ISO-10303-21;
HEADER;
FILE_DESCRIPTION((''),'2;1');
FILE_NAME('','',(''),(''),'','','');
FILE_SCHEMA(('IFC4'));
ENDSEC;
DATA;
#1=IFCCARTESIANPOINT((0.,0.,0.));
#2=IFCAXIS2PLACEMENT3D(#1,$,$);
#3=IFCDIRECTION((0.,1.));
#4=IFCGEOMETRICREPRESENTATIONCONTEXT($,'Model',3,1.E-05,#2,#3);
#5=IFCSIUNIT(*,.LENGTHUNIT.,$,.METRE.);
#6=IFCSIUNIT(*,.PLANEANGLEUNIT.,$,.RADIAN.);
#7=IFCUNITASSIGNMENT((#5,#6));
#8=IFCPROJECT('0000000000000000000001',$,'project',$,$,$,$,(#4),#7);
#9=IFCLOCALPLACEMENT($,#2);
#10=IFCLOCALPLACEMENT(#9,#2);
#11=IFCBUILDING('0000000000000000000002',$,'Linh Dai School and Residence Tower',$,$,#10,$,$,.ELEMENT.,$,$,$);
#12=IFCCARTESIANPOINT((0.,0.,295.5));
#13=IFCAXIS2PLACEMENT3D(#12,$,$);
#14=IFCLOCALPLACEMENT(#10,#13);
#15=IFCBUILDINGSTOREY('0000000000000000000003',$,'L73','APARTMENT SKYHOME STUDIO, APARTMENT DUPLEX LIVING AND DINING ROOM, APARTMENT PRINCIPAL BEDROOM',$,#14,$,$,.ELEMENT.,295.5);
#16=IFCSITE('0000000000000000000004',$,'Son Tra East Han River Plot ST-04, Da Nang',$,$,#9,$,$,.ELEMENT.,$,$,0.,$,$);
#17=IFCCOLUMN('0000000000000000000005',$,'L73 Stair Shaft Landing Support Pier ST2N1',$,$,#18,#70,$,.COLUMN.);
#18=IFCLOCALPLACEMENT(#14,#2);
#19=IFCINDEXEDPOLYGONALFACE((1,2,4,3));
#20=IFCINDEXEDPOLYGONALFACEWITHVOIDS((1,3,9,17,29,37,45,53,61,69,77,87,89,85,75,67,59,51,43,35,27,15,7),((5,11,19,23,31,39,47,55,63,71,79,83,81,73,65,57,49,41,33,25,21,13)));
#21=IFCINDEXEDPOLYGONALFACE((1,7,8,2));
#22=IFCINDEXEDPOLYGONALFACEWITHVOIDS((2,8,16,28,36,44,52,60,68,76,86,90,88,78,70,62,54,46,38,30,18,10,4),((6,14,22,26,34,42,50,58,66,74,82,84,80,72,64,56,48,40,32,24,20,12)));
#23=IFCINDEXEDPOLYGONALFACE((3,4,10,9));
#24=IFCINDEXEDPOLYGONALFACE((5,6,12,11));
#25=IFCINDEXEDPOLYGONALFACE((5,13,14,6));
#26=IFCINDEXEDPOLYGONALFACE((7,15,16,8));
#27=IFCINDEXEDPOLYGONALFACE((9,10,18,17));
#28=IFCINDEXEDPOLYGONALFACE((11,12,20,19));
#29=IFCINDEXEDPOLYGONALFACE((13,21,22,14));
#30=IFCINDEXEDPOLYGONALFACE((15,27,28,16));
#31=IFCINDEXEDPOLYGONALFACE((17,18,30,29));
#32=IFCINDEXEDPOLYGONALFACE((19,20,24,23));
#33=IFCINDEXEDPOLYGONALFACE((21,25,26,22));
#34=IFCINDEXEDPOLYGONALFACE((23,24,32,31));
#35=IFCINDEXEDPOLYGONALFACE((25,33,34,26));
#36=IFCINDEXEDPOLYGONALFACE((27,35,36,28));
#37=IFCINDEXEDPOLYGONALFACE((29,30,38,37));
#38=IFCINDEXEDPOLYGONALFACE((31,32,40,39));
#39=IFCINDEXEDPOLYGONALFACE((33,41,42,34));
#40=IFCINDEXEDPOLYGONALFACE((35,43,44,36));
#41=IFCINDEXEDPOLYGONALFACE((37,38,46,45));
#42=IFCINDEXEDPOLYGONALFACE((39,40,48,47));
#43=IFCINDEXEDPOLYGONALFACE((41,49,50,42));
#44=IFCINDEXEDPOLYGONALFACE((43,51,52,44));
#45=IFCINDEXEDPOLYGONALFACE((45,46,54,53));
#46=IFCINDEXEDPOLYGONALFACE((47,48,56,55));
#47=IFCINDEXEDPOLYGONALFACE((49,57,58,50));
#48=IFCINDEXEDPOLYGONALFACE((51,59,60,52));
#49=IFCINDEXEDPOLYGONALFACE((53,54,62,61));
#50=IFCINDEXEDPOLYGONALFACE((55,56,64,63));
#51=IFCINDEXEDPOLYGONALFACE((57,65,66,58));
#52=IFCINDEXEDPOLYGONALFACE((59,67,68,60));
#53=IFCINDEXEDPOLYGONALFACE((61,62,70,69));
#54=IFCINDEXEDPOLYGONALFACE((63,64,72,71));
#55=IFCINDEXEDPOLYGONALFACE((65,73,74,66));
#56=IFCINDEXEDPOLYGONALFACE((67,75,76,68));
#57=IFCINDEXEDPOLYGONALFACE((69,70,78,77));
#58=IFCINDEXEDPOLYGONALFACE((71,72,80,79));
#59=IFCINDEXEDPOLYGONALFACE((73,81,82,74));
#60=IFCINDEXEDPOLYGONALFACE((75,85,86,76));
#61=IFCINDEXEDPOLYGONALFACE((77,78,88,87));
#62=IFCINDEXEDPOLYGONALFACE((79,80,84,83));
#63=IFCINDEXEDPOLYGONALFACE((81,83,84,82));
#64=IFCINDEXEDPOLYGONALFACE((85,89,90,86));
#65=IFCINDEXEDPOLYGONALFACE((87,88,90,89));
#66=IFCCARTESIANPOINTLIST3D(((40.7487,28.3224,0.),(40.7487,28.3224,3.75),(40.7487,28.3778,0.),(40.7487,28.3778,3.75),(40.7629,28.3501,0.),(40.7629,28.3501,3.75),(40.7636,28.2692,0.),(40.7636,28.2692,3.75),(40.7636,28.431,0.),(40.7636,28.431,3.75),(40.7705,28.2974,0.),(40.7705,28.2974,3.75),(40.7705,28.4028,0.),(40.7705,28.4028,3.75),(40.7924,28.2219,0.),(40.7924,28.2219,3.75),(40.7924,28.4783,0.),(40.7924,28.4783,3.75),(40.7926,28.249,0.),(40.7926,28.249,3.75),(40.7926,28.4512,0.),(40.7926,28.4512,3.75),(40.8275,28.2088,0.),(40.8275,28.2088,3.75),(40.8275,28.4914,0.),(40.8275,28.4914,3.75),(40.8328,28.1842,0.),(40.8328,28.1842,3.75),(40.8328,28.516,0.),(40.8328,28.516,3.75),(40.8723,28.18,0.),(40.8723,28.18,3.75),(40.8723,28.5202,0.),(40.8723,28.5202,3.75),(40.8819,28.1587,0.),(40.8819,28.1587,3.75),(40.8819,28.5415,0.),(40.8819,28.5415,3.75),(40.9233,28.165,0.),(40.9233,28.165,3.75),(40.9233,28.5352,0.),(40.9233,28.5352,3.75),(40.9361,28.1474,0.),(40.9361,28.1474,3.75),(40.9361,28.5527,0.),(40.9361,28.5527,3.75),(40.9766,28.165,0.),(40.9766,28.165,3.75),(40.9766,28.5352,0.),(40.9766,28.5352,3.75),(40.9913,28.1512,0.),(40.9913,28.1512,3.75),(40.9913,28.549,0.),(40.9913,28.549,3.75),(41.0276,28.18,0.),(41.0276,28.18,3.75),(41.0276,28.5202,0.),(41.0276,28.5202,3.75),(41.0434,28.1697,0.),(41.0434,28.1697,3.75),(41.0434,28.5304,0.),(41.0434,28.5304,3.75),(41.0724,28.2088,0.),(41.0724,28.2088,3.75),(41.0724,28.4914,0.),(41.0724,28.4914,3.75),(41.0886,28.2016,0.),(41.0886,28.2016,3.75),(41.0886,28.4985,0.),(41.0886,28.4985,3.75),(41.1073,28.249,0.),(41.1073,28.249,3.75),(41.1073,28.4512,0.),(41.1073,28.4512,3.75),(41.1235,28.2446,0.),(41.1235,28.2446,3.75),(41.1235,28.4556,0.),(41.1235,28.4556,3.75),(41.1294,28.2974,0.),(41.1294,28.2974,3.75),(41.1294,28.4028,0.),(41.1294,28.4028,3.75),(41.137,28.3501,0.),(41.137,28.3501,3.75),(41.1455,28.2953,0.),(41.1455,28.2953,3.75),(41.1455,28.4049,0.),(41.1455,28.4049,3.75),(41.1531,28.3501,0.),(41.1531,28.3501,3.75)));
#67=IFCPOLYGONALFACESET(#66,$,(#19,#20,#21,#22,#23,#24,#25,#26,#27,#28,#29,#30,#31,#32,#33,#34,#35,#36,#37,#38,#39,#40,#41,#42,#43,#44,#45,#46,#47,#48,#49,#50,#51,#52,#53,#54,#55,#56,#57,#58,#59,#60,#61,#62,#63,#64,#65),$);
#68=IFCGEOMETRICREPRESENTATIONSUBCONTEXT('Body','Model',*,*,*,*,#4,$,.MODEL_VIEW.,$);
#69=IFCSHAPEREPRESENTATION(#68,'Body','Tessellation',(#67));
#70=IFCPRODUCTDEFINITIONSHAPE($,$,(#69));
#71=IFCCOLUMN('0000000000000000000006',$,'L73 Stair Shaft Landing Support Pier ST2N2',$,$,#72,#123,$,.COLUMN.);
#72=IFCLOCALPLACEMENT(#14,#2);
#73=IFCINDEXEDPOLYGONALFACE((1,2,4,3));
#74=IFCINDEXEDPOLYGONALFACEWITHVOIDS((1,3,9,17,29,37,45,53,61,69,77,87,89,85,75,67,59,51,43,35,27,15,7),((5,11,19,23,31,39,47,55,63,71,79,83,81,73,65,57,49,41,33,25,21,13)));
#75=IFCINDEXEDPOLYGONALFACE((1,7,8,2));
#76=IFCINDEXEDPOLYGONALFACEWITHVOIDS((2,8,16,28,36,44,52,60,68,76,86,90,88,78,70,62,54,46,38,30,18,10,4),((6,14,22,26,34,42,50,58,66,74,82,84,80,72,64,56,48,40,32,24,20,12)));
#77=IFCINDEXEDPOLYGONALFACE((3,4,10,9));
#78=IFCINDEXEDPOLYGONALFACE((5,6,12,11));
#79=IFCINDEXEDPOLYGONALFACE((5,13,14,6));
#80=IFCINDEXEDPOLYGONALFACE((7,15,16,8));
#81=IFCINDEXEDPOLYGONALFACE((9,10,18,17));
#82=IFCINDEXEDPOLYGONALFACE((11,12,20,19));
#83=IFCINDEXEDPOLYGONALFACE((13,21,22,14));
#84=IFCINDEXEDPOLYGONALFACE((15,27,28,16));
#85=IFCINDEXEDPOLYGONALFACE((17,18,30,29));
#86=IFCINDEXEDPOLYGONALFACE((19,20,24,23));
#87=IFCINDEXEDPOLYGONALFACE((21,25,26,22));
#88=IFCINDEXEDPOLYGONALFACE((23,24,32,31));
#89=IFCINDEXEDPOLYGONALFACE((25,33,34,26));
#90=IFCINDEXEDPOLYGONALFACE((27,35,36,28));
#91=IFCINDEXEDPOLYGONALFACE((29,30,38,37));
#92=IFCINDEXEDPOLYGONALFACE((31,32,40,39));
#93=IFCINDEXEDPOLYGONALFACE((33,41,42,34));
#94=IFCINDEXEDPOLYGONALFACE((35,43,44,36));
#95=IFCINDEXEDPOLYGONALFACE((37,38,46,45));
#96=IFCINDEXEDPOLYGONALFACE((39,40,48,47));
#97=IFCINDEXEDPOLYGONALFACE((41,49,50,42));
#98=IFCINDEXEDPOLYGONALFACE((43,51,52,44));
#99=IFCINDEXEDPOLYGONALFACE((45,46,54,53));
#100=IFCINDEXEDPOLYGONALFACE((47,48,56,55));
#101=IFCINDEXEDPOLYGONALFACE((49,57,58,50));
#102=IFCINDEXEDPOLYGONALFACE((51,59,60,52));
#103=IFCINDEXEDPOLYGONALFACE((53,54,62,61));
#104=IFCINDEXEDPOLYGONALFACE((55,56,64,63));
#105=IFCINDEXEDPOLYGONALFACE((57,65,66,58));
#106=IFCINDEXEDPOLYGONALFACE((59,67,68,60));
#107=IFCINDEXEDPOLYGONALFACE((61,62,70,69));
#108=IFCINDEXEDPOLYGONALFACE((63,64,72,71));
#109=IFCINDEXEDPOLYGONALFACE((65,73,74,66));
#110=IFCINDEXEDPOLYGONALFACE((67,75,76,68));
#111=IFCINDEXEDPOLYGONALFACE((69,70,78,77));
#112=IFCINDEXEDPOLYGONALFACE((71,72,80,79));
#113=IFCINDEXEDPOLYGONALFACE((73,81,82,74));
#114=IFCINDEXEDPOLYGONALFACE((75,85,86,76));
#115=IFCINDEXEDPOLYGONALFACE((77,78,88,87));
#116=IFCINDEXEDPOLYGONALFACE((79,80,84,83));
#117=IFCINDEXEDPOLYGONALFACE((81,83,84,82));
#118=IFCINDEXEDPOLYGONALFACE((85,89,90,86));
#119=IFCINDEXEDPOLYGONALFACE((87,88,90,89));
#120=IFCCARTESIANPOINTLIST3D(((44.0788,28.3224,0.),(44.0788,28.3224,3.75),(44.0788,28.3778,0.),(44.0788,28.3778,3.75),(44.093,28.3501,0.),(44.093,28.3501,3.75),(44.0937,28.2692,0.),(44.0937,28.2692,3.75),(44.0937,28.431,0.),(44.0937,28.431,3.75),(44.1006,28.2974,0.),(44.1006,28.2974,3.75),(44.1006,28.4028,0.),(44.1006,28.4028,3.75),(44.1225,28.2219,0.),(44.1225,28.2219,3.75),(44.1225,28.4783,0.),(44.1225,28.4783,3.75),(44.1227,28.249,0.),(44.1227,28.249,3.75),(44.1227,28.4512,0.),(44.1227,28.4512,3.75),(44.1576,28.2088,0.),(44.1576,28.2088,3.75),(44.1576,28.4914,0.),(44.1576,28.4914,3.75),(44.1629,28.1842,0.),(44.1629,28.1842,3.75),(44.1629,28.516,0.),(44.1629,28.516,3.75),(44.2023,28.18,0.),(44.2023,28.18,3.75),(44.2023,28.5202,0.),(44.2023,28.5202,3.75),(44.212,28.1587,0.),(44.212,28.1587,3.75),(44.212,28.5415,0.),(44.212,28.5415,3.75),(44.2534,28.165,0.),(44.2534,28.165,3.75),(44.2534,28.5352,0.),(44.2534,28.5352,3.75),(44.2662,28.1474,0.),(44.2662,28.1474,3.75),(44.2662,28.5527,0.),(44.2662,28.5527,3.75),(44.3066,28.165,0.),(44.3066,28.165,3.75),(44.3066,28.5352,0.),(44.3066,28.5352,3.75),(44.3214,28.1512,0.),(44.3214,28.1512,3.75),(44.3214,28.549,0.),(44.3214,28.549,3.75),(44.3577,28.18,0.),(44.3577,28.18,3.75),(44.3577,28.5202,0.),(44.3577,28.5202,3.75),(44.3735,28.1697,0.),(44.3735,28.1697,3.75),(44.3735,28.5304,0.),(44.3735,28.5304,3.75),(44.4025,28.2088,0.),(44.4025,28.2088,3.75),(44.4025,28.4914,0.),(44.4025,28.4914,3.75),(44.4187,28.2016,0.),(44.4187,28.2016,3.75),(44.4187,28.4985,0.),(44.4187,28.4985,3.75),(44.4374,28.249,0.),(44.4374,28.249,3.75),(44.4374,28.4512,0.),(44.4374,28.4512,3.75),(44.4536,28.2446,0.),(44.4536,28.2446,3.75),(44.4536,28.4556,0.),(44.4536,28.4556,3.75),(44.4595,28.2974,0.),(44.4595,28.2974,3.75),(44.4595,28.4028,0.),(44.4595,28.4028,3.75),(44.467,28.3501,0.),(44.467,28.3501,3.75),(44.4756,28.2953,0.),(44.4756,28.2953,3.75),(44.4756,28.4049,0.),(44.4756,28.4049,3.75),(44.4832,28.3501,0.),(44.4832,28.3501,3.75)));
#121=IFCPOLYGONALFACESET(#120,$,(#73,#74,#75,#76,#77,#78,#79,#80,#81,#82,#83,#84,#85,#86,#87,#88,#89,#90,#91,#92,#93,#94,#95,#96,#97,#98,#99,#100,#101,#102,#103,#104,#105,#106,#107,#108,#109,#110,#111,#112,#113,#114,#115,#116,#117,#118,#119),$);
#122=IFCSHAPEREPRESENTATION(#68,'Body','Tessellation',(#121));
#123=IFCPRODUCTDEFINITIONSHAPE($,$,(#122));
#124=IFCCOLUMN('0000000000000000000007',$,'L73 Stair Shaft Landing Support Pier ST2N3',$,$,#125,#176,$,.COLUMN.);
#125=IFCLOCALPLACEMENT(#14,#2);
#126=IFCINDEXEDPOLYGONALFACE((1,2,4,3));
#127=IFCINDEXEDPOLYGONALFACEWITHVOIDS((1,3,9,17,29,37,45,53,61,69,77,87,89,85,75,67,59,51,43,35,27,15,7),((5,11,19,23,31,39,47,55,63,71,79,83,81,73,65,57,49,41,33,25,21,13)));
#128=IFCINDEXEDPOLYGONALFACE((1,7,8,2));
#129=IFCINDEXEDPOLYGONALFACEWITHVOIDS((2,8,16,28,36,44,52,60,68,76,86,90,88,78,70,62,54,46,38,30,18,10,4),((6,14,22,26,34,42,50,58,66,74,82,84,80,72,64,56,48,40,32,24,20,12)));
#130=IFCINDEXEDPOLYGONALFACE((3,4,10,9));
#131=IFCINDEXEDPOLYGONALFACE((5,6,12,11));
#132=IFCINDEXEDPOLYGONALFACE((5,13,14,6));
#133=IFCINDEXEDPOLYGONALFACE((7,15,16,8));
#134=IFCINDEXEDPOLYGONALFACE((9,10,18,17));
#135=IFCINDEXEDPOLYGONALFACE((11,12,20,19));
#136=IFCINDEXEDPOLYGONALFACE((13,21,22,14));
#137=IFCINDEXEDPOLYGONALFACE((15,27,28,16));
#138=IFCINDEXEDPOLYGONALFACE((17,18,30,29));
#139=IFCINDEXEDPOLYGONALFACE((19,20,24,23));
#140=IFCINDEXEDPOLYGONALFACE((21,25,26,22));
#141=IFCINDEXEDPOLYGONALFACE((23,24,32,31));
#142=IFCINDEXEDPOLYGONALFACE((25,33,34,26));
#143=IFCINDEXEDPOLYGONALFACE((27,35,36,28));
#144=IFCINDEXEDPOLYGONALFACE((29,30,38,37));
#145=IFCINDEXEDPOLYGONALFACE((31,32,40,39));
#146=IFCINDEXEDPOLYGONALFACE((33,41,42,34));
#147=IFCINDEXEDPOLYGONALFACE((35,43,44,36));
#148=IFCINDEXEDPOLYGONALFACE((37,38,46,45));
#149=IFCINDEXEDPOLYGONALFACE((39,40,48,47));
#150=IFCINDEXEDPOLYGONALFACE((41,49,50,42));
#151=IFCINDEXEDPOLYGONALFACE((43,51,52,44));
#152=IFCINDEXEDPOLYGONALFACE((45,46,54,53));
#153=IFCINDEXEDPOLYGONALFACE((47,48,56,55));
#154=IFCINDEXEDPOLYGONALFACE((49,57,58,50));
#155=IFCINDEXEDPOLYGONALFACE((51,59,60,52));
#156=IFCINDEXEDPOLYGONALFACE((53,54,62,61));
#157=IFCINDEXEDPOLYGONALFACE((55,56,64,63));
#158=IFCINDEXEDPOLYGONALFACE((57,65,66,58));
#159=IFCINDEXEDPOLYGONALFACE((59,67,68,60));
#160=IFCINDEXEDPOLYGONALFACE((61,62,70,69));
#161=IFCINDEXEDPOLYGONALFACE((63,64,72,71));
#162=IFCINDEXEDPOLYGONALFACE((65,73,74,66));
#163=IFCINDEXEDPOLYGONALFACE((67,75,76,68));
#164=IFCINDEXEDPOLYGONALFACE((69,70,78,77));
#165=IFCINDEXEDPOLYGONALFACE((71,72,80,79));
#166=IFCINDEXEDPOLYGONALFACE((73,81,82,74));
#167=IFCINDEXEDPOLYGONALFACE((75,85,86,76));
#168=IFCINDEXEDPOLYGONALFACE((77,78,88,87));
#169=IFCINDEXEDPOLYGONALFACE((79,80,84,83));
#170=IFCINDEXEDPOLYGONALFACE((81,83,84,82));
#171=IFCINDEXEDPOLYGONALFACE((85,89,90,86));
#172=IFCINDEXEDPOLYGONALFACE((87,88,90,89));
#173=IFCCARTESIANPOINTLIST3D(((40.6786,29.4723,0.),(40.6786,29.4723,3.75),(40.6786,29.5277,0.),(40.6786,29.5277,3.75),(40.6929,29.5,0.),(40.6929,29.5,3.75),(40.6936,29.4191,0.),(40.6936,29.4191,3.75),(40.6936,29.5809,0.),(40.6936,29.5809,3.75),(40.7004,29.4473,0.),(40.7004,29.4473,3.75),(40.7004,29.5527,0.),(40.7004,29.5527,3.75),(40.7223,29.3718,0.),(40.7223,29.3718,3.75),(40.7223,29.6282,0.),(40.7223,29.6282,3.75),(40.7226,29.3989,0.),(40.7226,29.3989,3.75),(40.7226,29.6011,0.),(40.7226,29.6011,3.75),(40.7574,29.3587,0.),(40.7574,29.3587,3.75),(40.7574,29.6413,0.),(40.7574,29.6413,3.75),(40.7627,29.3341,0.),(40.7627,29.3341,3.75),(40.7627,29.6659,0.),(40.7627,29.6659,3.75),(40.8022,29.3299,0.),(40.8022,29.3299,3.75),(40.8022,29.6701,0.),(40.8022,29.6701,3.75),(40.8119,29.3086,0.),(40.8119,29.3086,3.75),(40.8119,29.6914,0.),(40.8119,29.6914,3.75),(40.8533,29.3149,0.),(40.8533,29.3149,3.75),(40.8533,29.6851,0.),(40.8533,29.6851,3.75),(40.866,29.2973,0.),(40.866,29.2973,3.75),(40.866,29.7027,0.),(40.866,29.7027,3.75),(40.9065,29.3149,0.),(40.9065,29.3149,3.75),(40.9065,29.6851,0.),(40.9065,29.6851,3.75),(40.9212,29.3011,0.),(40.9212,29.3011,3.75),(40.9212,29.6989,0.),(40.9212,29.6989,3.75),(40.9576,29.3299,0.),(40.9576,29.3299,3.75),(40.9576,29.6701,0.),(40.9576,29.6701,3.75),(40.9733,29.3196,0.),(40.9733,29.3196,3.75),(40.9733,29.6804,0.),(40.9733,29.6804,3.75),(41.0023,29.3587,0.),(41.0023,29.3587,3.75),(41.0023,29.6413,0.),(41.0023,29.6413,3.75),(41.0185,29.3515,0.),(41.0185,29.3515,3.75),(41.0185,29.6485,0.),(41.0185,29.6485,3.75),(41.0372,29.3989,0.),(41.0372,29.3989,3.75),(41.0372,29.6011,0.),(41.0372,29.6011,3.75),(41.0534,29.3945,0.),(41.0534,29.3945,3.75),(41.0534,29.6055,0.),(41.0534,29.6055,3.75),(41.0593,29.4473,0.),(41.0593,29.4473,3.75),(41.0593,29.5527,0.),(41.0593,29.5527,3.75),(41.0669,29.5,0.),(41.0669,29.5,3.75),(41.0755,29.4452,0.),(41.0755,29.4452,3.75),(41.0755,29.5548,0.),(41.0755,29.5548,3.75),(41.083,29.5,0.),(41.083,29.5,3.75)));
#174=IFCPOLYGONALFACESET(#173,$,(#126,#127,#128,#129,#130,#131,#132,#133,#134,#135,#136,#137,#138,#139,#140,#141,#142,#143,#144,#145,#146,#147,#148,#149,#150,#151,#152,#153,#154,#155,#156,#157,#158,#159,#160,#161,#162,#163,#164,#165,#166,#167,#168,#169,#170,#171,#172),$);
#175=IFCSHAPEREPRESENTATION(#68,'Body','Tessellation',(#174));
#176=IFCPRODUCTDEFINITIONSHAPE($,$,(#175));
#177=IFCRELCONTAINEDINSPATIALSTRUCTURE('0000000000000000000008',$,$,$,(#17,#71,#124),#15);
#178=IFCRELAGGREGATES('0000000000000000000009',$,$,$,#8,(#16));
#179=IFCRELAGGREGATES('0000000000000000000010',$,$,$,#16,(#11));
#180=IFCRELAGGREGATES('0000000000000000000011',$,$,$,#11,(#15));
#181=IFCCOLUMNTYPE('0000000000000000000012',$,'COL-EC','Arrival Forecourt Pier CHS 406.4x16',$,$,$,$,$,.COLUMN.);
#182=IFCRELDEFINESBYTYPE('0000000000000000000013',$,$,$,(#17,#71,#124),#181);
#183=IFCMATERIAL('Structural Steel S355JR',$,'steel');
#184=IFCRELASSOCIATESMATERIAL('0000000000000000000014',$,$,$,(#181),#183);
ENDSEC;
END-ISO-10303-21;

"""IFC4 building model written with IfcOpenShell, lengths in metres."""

from ifc_helpers import new_model, si_unit, direction, frame, origin, origin_2d, place, context, subcontext, project, spatial, hollow_circle, extrude, material, material_profile, profile_set, type_object, element, save


model = new_model("IFC4")

# Units and contexts
model_context = context("Model", 3, precision=1e-05, world=origin(), true_north=direction((0.0, 1.0)))
body_context = subcontext(model_context, "Body", "Model", "MODEL_VIEW")
ifc_project = project(units=[si_unit("LENGTHUNIT", "METRE"), si_unit("PLANEANGLEUNIT", "RADIAN")], contexts=[model_context])

# Site, building, storey
site_placement = place(None, origin())
site = spatial("IfcSite", under=ifc_project, at=site_placement, Name="Son Tra East Han River Plot ST-04, Da Nang", CompositionType="ELEMENT", RefElevation=0.0)
building_placement = place(site_placement, origin())
building = spatial("IfcBuilding", under=site, at=building_placement, Name="Linh Dai School and Residence Tower", CompositionType="ELEMENT")
storey_placement = place(building_placement, frame((0.0, 0.0, 295.5)))
storey = spatial("IfcBuildingStorey", under=building, at=storey_placement, Name="L73", Description="APARTMENT SKYHOME STUDIO, APARTMENT DUPLEX LIVING AND DINING ROOM, APARTMENT PRINCIPAL BEDROOM", CompositionType="ELEMENT", Elevation=295.5)

# Columns
ifc_material_1 = material(Name="Structural Steel S355JR", Category="steel")
ifc_material_profile_1 = material_profile(ifc_material_1, hollow_circle(Radius=0.2031, WallThickness=0.0161, at=origin_2d()), Name="CHS 406.4x16")
ifc_profile_set_1 = profile_set([ifc_material_profile_1], Name="Structural Steel S355JR")
column_type_1 = type_object("IfcColumnType", Name="COL-EC", Description="Arrival Forecourt Pier CHS 406.4x16", PredefinedType="COLUMN", material=ifc_profile_set_1)
for number, where, z_axis, x_axis, name in (
    (1, (40.95, 28.3501, 0.0), (0.0, 0.0, 1.0), (1.0, 0.0, 0.0), "L73 Stair Shaft Landing Support Pier ST2N1"),
    (2, (44.28, 28.3501, 0.0), (0.0, 0.0, 1.0), (1.0, 0.0, 0.0), "L73 Stair Shaft Landing Support Pier ST2N2"),
    (3, (40.8799, 29.5, 0.0), (0.0, 0.0, 1.0), (1.0, 0.0, 0.0), "L73 Stair Shaft Landing Support Pier ST2N3"),
):
    element("IfcColumn", number, at=place(storey_placement, frame(where, z_axis=z_axis, x_axis=x_axis)), inside=storey, type_object=column_type_1, Name=name, PredefinedType="COLUMN", context=body_context, shape_type="SweptSolid", body=[
        extrude(hollow_circle(Radius=0.2031, WallThickness=0.0161, at=origin_2d()), origin(), (0.0, 0.0, 1.0), 3.75),
    ])

save(model, "model.ifc")
